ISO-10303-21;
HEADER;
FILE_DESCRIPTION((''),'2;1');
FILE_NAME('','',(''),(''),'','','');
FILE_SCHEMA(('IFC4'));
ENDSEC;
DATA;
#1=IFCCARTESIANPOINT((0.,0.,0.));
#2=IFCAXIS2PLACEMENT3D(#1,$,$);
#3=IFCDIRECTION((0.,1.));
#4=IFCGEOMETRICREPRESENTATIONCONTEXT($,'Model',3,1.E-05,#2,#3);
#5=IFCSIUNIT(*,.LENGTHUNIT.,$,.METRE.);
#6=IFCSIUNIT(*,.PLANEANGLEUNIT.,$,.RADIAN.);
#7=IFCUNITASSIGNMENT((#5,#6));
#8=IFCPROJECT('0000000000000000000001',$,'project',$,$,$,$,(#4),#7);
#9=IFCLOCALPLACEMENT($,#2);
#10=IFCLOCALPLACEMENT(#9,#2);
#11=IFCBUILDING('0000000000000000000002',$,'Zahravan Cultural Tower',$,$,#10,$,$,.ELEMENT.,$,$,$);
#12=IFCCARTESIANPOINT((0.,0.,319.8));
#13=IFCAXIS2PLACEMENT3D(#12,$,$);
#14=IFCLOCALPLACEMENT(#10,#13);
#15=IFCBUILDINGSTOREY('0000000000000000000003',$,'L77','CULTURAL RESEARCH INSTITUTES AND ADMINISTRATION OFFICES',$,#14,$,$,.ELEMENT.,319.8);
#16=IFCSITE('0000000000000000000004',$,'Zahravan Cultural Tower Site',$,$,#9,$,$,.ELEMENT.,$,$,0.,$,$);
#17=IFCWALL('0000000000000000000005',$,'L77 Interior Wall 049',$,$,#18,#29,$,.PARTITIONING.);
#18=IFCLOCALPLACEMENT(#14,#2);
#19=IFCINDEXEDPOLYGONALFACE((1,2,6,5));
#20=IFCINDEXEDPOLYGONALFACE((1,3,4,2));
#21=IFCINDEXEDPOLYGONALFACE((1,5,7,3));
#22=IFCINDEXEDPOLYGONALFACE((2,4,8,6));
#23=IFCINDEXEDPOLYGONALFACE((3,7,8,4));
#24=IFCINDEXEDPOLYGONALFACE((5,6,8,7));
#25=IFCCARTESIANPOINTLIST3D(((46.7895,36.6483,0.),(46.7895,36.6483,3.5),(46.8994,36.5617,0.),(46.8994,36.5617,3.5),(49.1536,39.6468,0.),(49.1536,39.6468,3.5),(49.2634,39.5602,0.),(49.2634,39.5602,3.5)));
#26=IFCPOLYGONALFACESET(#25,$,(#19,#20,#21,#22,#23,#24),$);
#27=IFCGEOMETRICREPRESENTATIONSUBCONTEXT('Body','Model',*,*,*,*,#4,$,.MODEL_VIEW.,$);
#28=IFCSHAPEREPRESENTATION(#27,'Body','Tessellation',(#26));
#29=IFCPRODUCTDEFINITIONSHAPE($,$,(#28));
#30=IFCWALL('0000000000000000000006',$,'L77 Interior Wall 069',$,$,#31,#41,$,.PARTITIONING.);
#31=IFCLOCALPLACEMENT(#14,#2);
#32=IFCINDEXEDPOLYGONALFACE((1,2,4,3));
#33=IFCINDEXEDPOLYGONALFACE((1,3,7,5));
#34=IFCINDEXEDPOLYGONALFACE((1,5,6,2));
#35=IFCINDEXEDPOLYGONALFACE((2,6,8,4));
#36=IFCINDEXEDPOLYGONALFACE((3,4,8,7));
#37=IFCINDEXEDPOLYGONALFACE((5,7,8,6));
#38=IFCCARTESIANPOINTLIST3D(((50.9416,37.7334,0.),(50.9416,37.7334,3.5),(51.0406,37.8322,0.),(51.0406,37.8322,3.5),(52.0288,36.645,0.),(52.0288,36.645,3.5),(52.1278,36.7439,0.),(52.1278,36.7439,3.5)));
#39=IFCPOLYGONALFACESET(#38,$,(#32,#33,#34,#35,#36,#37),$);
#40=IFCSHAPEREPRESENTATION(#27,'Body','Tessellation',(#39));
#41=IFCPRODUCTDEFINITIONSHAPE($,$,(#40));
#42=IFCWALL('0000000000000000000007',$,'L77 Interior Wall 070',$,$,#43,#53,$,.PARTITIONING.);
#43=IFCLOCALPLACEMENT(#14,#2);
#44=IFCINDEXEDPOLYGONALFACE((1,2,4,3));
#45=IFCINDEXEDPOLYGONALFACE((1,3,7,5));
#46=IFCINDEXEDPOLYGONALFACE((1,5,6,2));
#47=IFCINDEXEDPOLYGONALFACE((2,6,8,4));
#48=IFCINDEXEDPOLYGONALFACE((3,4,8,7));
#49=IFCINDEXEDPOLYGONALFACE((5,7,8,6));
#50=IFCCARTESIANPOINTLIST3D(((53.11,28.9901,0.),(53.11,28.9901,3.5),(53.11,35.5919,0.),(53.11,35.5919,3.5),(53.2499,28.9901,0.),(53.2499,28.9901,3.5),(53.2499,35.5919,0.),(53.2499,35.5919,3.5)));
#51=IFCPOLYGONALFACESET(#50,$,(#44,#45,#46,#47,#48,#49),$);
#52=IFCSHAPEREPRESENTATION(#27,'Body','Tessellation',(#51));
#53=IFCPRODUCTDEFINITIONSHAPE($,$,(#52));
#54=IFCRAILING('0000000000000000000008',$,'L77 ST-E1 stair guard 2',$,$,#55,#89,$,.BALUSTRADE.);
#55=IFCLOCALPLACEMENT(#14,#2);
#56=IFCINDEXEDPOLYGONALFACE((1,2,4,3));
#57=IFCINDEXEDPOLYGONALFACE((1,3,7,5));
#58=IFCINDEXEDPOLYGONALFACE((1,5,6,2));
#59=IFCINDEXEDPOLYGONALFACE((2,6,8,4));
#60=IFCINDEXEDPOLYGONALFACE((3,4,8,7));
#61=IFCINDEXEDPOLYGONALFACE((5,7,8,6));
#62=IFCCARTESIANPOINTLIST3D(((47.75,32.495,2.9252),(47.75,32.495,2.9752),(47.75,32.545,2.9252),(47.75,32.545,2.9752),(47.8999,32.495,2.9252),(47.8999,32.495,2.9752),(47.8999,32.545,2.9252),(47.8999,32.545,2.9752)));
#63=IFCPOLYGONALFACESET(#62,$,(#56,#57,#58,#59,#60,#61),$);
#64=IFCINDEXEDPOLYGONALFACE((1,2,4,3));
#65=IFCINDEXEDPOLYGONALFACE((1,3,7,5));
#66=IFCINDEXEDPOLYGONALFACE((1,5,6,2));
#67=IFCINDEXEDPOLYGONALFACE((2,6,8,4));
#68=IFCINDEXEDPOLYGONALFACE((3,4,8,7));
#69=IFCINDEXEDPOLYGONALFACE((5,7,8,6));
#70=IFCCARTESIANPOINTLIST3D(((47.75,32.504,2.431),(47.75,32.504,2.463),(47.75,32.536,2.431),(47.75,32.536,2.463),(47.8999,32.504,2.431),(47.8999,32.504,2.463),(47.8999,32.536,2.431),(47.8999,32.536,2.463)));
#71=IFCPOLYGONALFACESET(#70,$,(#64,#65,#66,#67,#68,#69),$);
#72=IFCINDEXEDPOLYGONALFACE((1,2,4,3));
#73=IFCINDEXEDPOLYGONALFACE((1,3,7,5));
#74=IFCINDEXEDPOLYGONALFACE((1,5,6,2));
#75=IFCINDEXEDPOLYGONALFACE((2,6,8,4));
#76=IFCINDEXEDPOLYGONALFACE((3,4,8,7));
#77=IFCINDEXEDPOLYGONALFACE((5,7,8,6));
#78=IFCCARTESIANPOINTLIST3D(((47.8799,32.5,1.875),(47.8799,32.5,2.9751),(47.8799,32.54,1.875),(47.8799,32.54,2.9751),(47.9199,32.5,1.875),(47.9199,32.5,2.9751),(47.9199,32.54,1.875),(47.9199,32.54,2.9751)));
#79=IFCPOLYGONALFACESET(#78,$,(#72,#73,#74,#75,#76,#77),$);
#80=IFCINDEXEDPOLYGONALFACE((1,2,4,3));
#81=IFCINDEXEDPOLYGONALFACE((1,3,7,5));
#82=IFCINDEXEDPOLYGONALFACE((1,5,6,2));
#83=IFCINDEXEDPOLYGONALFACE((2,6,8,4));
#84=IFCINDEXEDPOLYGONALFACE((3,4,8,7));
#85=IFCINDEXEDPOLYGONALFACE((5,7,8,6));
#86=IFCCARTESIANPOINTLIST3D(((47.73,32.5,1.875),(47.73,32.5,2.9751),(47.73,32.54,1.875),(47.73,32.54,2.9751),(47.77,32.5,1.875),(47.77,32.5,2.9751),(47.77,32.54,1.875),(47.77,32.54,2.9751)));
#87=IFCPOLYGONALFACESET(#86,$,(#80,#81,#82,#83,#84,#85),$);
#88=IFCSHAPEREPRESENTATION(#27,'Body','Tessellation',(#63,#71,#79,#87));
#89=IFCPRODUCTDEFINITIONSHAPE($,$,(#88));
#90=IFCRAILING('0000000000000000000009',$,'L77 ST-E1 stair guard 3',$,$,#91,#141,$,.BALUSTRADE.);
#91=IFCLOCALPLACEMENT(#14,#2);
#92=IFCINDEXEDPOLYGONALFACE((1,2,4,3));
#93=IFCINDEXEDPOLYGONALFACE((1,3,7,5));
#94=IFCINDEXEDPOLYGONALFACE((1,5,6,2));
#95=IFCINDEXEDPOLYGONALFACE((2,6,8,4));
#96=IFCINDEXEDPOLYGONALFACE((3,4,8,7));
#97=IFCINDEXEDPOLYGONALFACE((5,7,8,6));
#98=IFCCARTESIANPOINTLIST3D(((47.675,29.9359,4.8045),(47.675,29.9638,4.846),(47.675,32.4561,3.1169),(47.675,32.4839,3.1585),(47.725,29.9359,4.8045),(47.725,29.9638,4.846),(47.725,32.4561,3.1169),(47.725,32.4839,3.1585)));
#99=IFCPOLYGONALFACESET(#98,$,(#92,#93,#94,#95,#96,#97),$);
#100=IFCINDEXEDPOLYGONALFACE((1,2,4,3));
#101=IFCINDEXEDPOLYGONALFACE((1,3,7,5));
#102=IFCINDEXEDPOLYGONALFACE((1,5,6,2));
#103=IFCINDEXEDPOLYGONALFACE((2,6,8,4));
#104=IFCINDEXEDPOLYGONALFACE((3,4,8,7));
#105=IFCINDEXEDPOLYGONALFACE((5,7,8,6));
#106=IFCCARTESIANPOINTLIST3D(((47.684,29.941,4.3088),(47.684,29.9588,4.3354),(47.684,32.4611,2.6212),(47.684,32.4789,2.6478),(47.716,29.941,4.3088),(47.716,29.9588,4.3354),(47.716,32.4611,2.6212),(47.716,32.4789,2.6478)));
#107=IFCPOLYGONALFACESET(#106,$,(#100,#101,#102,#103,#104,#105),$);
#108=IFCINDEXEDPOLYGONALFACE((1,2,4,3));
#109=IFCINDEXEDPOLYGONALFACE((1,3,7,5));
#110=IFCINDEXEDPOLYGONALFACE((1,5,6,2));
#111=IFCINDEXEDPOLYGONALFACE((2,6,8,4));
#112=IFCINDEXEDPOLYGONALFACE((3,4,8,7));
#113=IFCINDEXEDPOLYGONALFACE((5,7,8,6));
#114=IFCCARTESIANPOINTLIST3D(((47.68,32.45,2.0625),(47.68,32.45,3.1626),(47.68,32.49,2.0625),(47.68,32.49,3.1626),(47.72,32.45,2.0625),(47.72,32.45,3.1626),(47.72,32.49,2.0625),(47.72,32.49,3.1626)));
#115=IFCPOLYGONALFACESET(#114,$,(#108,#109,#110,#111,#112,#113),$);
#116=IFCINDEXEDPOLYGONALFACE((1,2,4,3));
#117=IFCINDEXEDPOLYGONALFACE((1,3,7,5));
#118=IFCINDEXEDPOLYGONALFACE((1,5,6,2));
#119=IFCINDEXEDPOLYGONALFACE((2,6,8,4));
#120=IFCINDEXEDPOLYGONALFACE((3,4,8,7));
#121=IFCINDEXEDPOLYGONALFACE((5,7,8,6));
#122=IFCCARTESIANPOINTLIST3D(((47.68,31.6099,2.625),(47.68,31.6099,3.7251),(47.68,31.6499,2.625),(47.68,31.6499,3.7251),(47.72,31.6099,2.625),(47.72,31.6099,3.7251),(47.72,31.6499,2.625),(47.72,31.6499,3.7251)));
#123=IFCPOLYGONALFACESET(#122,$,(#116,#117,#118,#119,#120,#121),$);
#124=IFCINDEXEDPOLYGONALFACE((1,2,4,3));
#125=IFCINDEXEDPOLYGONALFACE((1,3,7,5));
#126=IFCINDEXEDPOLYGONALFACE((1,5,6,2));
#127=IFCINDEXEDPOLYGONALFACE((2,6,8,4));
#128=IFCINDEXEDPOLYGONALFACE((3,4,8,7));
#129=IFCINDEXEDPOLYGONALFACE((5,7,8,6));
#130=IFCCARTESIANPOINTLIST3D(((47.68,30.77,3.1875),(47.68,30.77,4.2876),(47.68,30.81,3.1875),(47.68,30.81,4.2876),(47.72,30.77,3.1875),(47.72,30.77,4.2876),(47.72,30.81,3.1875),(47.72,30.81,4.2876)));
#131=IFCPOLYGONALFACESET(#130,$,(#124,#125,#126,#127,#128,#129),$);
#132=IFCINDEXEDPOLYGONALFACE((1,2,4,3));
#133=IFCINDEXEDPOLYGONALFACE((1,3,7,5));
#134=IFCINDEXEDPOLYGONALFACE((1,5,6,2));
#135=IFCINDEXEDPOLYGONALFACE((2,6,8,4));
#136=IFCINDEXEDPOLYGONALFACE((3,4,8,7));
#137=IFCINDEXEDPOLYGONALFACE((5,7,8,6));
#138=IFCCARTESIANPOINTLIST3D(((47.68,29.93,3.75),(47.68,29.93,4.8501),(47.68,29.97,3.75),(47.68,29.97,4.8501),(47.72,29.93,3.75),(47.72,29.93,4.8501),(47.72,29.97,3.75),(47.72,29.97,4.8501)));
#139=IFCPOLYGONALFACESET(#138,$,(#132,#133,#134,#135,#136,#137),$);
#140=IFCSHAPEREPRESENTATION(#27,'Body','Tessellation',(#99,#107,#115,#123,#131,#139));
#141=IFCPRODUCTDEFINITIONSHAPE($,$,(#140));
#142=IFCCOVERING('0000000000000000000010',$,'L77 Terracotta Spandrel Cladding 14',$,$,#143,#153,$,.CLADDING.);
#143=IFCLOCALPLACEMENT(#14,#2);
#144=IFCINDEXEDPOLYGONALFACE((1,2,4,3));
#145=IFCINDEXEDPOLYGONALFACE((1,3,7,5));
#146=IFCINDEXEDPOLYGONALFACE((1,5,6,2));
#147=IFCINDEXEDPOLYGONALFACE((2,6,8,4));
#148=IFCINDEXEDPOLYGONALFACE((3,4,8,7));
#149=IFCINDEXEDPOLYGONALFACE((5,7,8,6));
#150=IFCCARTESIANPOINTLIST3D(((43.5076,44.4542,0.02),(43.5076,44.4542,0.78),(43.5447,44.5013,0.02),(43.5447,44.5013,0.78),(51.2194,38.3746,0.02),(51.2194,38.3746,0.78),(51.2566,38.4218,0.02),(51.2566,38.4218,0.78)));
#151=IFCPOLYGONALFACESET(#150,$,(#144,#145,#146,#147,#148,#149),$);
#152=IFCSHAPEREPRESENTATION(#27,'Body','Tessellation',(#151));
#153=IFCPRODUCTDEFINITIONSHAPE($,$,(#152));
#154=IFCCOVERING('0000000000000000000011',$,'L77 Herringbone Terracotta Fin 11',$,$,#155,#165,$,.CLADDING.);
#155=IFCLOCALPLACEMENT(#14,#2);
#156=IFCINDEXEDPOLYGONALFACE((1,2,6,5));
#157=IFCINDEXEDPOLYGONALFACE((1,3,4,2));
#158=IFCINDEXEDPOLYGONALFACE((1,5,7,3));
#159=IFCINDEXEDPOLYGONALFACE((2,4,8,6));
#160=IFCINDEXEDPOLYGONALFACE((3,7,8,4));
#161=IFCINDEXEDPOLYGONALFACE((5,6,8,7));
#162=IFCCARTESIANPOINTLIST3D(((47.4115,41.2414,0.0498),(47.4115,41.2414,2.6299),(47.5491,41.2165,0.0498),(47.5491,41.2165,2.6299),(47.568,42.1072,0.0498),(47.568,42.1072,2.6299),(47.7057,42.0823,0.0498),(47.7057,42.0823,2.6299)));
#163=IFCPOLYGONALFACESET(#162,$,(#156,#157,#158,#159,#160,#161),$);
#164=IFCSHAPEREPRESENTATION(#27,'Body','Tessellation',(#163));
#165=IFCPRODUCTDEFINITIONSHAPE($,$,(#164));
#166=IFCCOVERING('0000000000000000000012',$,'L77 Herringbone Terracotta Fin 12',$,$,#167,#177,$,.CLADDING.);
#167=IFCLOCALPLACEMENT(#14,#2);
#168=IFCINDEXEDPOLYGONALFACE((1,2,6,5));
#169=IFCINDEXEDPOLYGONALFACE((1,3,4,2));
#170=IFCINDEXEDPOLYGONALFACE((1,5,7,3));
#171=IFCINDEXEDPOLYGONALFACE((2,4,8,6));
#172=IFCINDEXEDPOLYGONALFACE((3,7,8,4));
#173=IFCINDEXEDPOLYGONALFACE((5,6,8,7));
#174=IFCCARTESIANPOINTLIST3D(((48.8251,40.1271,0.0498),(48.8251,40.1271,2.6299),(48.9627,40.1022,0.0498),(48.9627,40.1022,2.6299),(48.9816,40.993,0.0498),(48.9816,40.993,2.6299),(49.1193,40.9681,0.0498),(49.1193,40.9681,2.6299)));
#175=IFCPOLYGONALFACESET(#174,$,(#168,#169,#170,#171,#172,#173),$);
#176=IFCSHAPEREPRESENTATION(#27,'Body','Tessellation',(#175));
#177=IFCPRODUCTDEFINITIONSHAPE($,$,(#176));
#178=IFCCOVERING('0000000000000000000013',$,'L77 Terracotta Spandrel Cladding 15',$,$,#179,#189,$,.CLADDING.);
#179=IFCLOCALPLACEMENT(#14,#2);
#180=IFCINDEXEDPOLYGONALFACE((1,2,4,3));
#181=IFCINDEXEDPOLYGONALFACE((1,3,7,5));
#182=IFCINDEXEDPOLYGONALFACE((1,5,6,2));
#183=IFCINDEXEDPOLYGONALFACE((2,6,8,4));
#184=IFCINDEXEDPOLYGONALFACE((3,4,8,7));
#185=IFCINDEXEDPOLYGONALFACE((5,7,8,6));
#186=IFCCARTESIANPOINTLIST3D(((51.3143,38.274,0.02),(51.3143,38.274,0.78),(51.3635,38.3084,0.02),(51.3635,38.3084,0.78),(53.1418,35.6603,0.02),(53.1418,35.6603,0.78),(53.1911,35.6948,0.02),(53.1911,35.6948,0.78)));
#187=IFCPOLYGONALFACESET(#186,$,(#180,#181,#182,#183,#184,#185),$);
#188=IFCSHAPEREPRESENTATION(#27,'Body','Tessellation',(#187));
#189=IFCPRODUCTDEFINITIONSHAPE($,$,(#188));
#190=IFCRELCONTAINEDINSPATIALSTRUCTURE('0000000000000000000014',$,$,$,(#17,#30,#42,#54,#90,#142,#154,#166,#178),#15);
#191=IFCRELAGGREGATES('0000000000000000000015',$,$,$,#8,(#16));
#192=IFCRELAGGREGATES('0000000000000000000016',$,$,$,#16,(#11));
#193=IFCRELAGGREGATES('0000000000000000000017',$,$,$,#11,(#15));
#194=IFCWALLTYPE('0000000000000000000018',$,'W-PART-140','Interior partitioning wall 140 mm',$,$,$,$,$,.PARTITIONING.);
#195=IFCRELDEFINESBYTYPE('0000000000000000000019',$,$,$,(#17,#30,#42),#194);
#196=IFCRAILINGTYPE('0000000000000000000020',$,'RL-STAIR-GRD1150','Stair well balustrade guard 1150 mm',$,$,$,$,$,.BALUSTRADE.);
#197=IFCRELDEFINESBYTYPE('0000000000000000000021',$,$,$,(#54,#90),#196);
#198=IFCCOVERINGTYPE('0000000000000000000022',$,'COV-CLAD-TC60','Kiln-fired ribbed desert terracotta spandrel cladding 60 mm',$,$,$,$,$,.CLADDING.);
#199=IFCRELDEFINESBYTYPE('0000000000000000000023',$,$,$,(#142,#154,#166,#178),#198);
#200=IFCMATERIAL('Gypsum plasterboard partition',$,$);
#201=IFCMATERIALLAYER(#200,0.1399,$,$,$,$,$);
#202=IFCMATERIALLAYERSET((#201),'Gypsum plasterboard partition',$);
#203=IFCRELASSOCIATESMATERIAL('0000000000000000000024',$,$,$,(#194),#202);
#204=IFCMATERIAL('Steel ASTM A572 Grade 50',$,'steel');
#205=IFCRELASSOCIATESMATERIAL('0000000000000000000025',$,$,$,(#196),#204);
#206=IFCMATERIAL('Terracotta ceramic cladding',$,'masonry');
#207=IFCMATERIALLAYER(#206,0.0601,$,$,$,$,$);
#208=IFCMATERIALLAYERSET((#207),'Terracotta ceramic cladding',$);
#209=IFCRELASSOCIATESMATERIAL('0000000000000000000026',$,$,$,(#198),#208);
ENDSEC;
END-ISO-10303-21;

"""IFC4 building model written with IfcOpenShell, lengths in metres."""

from ifc_helpers import new_model, si_unit, direction, frame, frame_2d, origin, origin_2d, place, context, subcontext, project, spatial, rectangle, extrude, source, transform, mapped, material, layer, layer_set, type_object, element, save


model = new_model("IFC4")

# Units and contexts
model_context = context("Model", 3, precision=1e-05, world=origin(), true_north=direction((0.0, 1.0)))
body_context = subcontext(model_context, "Body", "Model", "MODEL_VIEW")
ifc_project = project(units=[si_unit("LENGTHUNIT", "METRE"), si_unit("PLANEANGLEUNIT", "RADIAN")], contexts=[model_context])

# Site, building, storey
site_placement = place(None, origin())
site = spatial("IfcSite", under=ifc_project, at=site_placement, Name="Zahravan Cultural Tower Site", CompositionType="ELEMENT", RefElevation=0.0)
building_placement = place(site_placement, origin())
building = spatial("IfcBuilding", under=site, at=building_placement, Name="Zahravan Cultural Tower", CompositionType="ELEMENT")
storey_placement = place(building_placement, frame((0.0, 0.0, 319.8)))
storey = spatial("IfcBuildingStorey", under=building, at=storey_placement, Name="L77", Description="CULTURAL RESEARCH INSTITUTES AND ADMINISTRATION OFFICES", CompositionType="ELEMENT", Elevation=319.8)

# Shared definitions
ifc_material_1 = material(Name="Steel ASTM A572 Grade 50", Category="steel")

# Walls
ifc_material_2 = material(Name="Gypsum plasterboard partition")
ifc_layer_1 = layer(ifc_material_2, 0.1399)
ifc_layer_set_1 = layer_set([ifc_layer_1], Name="Gypsum plasterboard partition")
wall_type_1 = type_object("IfcWallType", Name="W-PART-140", Description="Interior partitioning wall 140 mm", PredefinedType="PARTITIONING", material=ifc_layer_set_1)
shared_shape_1 = source(origin(), body_context, "Body", "SweptSolid", [
    extrude(rectangle(XDim=3.8184, YDim=0.1399, at=frame_2d((1.9092, 0.0))), origin(), (0.0, 0.0, 1.0), 3.5),
])
wall_1_placement = place(storey_placement, frame((49.2085, 39.6035, 0.0), z_axis=(0.0, 0.0, 1.0), x_axis=(-0.61912, -0.785297, 0.0)))
element("IfcWall", 1, at=wall_1_placement, inside=storey, type_object=wall_type_1, Name="L77 Interior Wall 049", PredefinedType="PARTITIONING", context=body_context, shape_type="MappedRepresentation", body=[
    mapped(shared_shape_1, transform((0.0, 0.0, 0.0), x_axis=(1.0, 0.0, 0.0), y_axis=(0.0, 1.0, 0.0), z_axis=(0.0, 0.0, 1.0), scale=1.0)),
])
shared_shape_2 = source(origin(), body_context, "Body", "SweptSolid", [
    extrude(rectangle(XDim=1.5383, YDim=0.1399, at=frame_2d((0.769, 0.0))), origin(), (0.0, 0.0, 1.0), 3.5),
])
wall_2_placement = place(storey_placement, frame((50.9912, 37.7827, 0.0), z_axis=(0.0, 0.0, 1.0), x_axis=(0.70671, -0.707503, 0.0)))
element("IfcWall", 2, at=wall_2_placement, inside=storey, type_object=wall_type_1, Name="L77 Interior Wall 069", PredefinedType="PARTITIONING", context=body_context, shape_type="MappedRepresentation", body=[
    mapped(shared_shape_2, transform((0.0, 0.0, 0.0), x_axis=(1.0, 0.0, 0.0), y_axis=(0.0, 1.0, 0.0), z_axis=(0.0, 0.0, 1.0), scale=1.0)),
])
shared_shape_3 = source(origin(), body_context, "Body", "SweptSolid", [
    extrude(rectangle(XDim=6.6018, YDim=0.1399, at=frame_2d((3.3008, 0.0))), origin(), (0.0, 0.0, 1.0), 3.5),
])
wall_3_placement = place(storey_placement, frame((53.1799, 35.5918, 0.0), z_axis=(0.0, 0.0, 1.0), x_axis=(0.0, -1.0, 0.0)))
element("IfcWall", 3, at=wall_3_placement, inside=storey, type_object=wall_type_1, Name="L77 Interior Wall 070", PredefinedType="PARTITIONING", context=body_context, shape_type="MappedRepresentation", body=[
    mapped(shared_shape_3, transform((0.0, 0.0, 0.0), x_axis=(1.0, 0.0, 0.0), y_axis=(0.0, 1.0, 0.0), z_axis=(0.0, 0.0, 1.0), scale=1.0)),
])

# Railings
railing_type = type_object("IfcRailingType", Name="RL-STAIR-GRD1150", Description="Stair well balustrade guard 1150 mm", PredefinedType="BALUSTRADE", material=ifc_material_1)
railing_1_placement = place(storey_placement, frame((47.8999, 32.52, 1.875)))
element("IfcRailing", 4, at=railing_1_placement, inside=storey, type_object=railing_type, Name="L77 ST-E1 stair guard 2", PredefinedType="BALUSTRADE", context=body_context, shape_type="SweptSolid", body=[
    extrude(rectangle(XDim=0.05, YDim=0.05, at=origin_2d()), frame((0.0, 0.0, 1.0752), z_axis=(-1.0, 0.0, 0.0), x_axis=(0.0, -1.0, 0.0)), (0.0, 0.0, 1.0), 0.1499),
    extrude(rectangle(XDim=0.032, YDim=0.032, at=origin_2d()), frame((0.0, 0.0, 0.572), z_axis=(-1.0, 0.0, 0.0), x_axis=(0.0, -1.0, 0.0)), (0.0, 0.0, 1.0), 0.1499),
    extrude(rectangle(XDim=0.04, YDim=0.04, at=origin_2d()), origin(), (0.0, 0.0, 1.0), 1.1001),
    extrude(rectangle(XDim=0.04, YDim=0.04, at=origin_2d()), frame((-0.1499, 0.0, 0.0)), (0.0, 0.0, 1.0), 1.1001),
])
railing_2_placement = place(storey_placement, frame((47.7, 32.47, 2.0625)))
element("IfcRailing", 5, at=railing_2_placement, inside=storey, type_object=railing_type, Name="L77 ST-E1 stair guard 3", PredefinedType="BALUSTRADE", context=body_context, shape_type="SweptSolid", body=[
    extrude(rectangle(XDim=0.05, YDim=0.05, at=origin_2d()), frame((0.0, 0.0, 1.0752), z_axis=(0.0, -0.830909, 0.556408), x_axis=(1.0, 0.0, 0.0)), (0.0, 0.0, 1.0), 3.033),
    extrude(rectangle(XDim=0.032, YDim=0.032, at=origin_2d()), frame((0.0, 0.0, 0.572), z_axis=(0.0, -0.830909, 0.556408), x_axis=(1.0, 0.0, 0.0)), (0.0, 0.0, 1.0), 3.033),
    extrude(rectangle(XDim=0.04, YDim=0.04, at=origin_2d()), origin(), (0.0, 0.0, 1.0), 1.1001),
    extrude(rectangle(XDim=0.04, YDim=0.04, at=origin_2d()), frame((0.0, -0.8401, 0.5625)), (0.0, 0.0, 1.0), 1.1001),
    extrude(rectangle(XDim=0.04, YDim=0.04, at=origin_2d()), frame((0.0, -1.6799, 1.125)), (0.0, 0.0, 1.0), 1.1001),
    extrude(rectangle(XDim=0.04, YDim=0.04, at=origin_2d()), frame((0.0, -2.52, 1.6875)), (0.0, 0.0, 1.0), 1.1001),
])

# Coverings
ifc_material_3 = material(Name="Terracotta ceramic cladding", Category="masonry")
ifc_layer_2 = layer(ifc_material_3, 0.0601)
ifc_layer_set_2 = layer_set([ifc_layer_2], Name="Terracotta ceramic cladding")
covering_type = type_object("IfcCoveringType", Name="COV-CLAD-TC60", Description="Kiln-fired ribbed desert terracotta spandrel cladding 60 mm", PredefinedType="CLADDING", material=ifc_layer_set_2)
shared_shape_4 = source(origin(), body_context, "Body", "SweptSolid", [
    extrude(rectangle(XDim=9.8201, YDim=0.0601, at=origin_2d()), origin(), (0.0, 0.0, 1.0), 0.76),
])
covering_1_placement = place(storey_placement, frame((47.3821, 41.438, 0.02), z_axis=(0.0, 0.0, 1.0), x_axis=(0.785317, -0.619094, 0.0)))
element("IfcCovering", 6, at=covering_1_placement, inside=storey, type_object=covering_type, Name="L77 Terracotta Spandrel Cladding 14", PredefinedType="CLADDING", context=body_context, shape_type="MappedRepresentation", body=[
    mapped(shared_shape_4, transform((0.0, 0.0, 0.0), x_axis=(1.0, 0.0, 0.0), y_axis=(0.0, 1.0, 0.0), z_axis=(0.0, 0.0, 1.0), scale=1.0)),
])
shared_shape_5 = source(origin(), body_context, "Body", "SweptSolid", [
    extrude(rectangle(XDim=0.8799, YDim=0.1399, at=origin_2d()), origin(), (0.0, 0.0, 1.0), 2.5801),
])
for number, where, z_axis, x_axis, name in (
    (7, (47.5586, 41.6619, 0.0498), (0.0, 0.0, 1.0), (0.177944, 0.984041, 0.0), "L77 Herringbone Terracotta Fin 11"),
    (8, (48.9722, 40.5476, 0.0498), (0.0, 0.0, 1.0), (0.177944, 0.984041, 0.0), "L77 Herringbone Terracotta Fin 12"),
):
    element("IfcCovering", number, at=place(storey_placement, frame(where, z_axis=z_axis, x_axis=x_axis)), inside=storey, type_object=covering_type, Name=name, PredefinedType="CLADDING", context=body_context, shape_type="MappedRepresentation", body=[
        mapped(shared_shape_5, transform((0.0, 0.0, 0.0), x_axis=(1.0, 0.0, 0.0), y_axis=(0.0, 1.0, 0.0), z_axis=(0.0, 0.0, 1.0), scale=1.0)),
    ])
shared_shape_6 = source(origin(), body_context, "Body", "SweptSolid", [
    extrude(rectangle(XDim=3.1892, YDim=0.0601, at=origin_2d()), origin(), (0.0, 0.0, 1.0), 0.76),
])
covering_2_placement = place(storey_placement, frame((52.2527, 36.9844, 0.02), z_axis=(0.0, 0.0, 1.0), x_axis=(0.573033, -0.819532, 0.0)))
element("IfcCovering", 9, at=covering_2_placement, inside=storey, type_object=covering_type, Name="L77 Terracotta Spandrel Cladding 15", PredefinedType="CLADDING", context=body_context, shape_type="MappedRepresentation", body=[
    mapped(shared_shape_6, transform((0.0, 0.0, 0.0), x_axis=(1.0, 0.0, 0.0), y_axis=(0.0, 1.0, 0.0), z_axis=(0.0, 0.0, 1.0), scale=1.0)),
])

save(model, "model.ifc")
